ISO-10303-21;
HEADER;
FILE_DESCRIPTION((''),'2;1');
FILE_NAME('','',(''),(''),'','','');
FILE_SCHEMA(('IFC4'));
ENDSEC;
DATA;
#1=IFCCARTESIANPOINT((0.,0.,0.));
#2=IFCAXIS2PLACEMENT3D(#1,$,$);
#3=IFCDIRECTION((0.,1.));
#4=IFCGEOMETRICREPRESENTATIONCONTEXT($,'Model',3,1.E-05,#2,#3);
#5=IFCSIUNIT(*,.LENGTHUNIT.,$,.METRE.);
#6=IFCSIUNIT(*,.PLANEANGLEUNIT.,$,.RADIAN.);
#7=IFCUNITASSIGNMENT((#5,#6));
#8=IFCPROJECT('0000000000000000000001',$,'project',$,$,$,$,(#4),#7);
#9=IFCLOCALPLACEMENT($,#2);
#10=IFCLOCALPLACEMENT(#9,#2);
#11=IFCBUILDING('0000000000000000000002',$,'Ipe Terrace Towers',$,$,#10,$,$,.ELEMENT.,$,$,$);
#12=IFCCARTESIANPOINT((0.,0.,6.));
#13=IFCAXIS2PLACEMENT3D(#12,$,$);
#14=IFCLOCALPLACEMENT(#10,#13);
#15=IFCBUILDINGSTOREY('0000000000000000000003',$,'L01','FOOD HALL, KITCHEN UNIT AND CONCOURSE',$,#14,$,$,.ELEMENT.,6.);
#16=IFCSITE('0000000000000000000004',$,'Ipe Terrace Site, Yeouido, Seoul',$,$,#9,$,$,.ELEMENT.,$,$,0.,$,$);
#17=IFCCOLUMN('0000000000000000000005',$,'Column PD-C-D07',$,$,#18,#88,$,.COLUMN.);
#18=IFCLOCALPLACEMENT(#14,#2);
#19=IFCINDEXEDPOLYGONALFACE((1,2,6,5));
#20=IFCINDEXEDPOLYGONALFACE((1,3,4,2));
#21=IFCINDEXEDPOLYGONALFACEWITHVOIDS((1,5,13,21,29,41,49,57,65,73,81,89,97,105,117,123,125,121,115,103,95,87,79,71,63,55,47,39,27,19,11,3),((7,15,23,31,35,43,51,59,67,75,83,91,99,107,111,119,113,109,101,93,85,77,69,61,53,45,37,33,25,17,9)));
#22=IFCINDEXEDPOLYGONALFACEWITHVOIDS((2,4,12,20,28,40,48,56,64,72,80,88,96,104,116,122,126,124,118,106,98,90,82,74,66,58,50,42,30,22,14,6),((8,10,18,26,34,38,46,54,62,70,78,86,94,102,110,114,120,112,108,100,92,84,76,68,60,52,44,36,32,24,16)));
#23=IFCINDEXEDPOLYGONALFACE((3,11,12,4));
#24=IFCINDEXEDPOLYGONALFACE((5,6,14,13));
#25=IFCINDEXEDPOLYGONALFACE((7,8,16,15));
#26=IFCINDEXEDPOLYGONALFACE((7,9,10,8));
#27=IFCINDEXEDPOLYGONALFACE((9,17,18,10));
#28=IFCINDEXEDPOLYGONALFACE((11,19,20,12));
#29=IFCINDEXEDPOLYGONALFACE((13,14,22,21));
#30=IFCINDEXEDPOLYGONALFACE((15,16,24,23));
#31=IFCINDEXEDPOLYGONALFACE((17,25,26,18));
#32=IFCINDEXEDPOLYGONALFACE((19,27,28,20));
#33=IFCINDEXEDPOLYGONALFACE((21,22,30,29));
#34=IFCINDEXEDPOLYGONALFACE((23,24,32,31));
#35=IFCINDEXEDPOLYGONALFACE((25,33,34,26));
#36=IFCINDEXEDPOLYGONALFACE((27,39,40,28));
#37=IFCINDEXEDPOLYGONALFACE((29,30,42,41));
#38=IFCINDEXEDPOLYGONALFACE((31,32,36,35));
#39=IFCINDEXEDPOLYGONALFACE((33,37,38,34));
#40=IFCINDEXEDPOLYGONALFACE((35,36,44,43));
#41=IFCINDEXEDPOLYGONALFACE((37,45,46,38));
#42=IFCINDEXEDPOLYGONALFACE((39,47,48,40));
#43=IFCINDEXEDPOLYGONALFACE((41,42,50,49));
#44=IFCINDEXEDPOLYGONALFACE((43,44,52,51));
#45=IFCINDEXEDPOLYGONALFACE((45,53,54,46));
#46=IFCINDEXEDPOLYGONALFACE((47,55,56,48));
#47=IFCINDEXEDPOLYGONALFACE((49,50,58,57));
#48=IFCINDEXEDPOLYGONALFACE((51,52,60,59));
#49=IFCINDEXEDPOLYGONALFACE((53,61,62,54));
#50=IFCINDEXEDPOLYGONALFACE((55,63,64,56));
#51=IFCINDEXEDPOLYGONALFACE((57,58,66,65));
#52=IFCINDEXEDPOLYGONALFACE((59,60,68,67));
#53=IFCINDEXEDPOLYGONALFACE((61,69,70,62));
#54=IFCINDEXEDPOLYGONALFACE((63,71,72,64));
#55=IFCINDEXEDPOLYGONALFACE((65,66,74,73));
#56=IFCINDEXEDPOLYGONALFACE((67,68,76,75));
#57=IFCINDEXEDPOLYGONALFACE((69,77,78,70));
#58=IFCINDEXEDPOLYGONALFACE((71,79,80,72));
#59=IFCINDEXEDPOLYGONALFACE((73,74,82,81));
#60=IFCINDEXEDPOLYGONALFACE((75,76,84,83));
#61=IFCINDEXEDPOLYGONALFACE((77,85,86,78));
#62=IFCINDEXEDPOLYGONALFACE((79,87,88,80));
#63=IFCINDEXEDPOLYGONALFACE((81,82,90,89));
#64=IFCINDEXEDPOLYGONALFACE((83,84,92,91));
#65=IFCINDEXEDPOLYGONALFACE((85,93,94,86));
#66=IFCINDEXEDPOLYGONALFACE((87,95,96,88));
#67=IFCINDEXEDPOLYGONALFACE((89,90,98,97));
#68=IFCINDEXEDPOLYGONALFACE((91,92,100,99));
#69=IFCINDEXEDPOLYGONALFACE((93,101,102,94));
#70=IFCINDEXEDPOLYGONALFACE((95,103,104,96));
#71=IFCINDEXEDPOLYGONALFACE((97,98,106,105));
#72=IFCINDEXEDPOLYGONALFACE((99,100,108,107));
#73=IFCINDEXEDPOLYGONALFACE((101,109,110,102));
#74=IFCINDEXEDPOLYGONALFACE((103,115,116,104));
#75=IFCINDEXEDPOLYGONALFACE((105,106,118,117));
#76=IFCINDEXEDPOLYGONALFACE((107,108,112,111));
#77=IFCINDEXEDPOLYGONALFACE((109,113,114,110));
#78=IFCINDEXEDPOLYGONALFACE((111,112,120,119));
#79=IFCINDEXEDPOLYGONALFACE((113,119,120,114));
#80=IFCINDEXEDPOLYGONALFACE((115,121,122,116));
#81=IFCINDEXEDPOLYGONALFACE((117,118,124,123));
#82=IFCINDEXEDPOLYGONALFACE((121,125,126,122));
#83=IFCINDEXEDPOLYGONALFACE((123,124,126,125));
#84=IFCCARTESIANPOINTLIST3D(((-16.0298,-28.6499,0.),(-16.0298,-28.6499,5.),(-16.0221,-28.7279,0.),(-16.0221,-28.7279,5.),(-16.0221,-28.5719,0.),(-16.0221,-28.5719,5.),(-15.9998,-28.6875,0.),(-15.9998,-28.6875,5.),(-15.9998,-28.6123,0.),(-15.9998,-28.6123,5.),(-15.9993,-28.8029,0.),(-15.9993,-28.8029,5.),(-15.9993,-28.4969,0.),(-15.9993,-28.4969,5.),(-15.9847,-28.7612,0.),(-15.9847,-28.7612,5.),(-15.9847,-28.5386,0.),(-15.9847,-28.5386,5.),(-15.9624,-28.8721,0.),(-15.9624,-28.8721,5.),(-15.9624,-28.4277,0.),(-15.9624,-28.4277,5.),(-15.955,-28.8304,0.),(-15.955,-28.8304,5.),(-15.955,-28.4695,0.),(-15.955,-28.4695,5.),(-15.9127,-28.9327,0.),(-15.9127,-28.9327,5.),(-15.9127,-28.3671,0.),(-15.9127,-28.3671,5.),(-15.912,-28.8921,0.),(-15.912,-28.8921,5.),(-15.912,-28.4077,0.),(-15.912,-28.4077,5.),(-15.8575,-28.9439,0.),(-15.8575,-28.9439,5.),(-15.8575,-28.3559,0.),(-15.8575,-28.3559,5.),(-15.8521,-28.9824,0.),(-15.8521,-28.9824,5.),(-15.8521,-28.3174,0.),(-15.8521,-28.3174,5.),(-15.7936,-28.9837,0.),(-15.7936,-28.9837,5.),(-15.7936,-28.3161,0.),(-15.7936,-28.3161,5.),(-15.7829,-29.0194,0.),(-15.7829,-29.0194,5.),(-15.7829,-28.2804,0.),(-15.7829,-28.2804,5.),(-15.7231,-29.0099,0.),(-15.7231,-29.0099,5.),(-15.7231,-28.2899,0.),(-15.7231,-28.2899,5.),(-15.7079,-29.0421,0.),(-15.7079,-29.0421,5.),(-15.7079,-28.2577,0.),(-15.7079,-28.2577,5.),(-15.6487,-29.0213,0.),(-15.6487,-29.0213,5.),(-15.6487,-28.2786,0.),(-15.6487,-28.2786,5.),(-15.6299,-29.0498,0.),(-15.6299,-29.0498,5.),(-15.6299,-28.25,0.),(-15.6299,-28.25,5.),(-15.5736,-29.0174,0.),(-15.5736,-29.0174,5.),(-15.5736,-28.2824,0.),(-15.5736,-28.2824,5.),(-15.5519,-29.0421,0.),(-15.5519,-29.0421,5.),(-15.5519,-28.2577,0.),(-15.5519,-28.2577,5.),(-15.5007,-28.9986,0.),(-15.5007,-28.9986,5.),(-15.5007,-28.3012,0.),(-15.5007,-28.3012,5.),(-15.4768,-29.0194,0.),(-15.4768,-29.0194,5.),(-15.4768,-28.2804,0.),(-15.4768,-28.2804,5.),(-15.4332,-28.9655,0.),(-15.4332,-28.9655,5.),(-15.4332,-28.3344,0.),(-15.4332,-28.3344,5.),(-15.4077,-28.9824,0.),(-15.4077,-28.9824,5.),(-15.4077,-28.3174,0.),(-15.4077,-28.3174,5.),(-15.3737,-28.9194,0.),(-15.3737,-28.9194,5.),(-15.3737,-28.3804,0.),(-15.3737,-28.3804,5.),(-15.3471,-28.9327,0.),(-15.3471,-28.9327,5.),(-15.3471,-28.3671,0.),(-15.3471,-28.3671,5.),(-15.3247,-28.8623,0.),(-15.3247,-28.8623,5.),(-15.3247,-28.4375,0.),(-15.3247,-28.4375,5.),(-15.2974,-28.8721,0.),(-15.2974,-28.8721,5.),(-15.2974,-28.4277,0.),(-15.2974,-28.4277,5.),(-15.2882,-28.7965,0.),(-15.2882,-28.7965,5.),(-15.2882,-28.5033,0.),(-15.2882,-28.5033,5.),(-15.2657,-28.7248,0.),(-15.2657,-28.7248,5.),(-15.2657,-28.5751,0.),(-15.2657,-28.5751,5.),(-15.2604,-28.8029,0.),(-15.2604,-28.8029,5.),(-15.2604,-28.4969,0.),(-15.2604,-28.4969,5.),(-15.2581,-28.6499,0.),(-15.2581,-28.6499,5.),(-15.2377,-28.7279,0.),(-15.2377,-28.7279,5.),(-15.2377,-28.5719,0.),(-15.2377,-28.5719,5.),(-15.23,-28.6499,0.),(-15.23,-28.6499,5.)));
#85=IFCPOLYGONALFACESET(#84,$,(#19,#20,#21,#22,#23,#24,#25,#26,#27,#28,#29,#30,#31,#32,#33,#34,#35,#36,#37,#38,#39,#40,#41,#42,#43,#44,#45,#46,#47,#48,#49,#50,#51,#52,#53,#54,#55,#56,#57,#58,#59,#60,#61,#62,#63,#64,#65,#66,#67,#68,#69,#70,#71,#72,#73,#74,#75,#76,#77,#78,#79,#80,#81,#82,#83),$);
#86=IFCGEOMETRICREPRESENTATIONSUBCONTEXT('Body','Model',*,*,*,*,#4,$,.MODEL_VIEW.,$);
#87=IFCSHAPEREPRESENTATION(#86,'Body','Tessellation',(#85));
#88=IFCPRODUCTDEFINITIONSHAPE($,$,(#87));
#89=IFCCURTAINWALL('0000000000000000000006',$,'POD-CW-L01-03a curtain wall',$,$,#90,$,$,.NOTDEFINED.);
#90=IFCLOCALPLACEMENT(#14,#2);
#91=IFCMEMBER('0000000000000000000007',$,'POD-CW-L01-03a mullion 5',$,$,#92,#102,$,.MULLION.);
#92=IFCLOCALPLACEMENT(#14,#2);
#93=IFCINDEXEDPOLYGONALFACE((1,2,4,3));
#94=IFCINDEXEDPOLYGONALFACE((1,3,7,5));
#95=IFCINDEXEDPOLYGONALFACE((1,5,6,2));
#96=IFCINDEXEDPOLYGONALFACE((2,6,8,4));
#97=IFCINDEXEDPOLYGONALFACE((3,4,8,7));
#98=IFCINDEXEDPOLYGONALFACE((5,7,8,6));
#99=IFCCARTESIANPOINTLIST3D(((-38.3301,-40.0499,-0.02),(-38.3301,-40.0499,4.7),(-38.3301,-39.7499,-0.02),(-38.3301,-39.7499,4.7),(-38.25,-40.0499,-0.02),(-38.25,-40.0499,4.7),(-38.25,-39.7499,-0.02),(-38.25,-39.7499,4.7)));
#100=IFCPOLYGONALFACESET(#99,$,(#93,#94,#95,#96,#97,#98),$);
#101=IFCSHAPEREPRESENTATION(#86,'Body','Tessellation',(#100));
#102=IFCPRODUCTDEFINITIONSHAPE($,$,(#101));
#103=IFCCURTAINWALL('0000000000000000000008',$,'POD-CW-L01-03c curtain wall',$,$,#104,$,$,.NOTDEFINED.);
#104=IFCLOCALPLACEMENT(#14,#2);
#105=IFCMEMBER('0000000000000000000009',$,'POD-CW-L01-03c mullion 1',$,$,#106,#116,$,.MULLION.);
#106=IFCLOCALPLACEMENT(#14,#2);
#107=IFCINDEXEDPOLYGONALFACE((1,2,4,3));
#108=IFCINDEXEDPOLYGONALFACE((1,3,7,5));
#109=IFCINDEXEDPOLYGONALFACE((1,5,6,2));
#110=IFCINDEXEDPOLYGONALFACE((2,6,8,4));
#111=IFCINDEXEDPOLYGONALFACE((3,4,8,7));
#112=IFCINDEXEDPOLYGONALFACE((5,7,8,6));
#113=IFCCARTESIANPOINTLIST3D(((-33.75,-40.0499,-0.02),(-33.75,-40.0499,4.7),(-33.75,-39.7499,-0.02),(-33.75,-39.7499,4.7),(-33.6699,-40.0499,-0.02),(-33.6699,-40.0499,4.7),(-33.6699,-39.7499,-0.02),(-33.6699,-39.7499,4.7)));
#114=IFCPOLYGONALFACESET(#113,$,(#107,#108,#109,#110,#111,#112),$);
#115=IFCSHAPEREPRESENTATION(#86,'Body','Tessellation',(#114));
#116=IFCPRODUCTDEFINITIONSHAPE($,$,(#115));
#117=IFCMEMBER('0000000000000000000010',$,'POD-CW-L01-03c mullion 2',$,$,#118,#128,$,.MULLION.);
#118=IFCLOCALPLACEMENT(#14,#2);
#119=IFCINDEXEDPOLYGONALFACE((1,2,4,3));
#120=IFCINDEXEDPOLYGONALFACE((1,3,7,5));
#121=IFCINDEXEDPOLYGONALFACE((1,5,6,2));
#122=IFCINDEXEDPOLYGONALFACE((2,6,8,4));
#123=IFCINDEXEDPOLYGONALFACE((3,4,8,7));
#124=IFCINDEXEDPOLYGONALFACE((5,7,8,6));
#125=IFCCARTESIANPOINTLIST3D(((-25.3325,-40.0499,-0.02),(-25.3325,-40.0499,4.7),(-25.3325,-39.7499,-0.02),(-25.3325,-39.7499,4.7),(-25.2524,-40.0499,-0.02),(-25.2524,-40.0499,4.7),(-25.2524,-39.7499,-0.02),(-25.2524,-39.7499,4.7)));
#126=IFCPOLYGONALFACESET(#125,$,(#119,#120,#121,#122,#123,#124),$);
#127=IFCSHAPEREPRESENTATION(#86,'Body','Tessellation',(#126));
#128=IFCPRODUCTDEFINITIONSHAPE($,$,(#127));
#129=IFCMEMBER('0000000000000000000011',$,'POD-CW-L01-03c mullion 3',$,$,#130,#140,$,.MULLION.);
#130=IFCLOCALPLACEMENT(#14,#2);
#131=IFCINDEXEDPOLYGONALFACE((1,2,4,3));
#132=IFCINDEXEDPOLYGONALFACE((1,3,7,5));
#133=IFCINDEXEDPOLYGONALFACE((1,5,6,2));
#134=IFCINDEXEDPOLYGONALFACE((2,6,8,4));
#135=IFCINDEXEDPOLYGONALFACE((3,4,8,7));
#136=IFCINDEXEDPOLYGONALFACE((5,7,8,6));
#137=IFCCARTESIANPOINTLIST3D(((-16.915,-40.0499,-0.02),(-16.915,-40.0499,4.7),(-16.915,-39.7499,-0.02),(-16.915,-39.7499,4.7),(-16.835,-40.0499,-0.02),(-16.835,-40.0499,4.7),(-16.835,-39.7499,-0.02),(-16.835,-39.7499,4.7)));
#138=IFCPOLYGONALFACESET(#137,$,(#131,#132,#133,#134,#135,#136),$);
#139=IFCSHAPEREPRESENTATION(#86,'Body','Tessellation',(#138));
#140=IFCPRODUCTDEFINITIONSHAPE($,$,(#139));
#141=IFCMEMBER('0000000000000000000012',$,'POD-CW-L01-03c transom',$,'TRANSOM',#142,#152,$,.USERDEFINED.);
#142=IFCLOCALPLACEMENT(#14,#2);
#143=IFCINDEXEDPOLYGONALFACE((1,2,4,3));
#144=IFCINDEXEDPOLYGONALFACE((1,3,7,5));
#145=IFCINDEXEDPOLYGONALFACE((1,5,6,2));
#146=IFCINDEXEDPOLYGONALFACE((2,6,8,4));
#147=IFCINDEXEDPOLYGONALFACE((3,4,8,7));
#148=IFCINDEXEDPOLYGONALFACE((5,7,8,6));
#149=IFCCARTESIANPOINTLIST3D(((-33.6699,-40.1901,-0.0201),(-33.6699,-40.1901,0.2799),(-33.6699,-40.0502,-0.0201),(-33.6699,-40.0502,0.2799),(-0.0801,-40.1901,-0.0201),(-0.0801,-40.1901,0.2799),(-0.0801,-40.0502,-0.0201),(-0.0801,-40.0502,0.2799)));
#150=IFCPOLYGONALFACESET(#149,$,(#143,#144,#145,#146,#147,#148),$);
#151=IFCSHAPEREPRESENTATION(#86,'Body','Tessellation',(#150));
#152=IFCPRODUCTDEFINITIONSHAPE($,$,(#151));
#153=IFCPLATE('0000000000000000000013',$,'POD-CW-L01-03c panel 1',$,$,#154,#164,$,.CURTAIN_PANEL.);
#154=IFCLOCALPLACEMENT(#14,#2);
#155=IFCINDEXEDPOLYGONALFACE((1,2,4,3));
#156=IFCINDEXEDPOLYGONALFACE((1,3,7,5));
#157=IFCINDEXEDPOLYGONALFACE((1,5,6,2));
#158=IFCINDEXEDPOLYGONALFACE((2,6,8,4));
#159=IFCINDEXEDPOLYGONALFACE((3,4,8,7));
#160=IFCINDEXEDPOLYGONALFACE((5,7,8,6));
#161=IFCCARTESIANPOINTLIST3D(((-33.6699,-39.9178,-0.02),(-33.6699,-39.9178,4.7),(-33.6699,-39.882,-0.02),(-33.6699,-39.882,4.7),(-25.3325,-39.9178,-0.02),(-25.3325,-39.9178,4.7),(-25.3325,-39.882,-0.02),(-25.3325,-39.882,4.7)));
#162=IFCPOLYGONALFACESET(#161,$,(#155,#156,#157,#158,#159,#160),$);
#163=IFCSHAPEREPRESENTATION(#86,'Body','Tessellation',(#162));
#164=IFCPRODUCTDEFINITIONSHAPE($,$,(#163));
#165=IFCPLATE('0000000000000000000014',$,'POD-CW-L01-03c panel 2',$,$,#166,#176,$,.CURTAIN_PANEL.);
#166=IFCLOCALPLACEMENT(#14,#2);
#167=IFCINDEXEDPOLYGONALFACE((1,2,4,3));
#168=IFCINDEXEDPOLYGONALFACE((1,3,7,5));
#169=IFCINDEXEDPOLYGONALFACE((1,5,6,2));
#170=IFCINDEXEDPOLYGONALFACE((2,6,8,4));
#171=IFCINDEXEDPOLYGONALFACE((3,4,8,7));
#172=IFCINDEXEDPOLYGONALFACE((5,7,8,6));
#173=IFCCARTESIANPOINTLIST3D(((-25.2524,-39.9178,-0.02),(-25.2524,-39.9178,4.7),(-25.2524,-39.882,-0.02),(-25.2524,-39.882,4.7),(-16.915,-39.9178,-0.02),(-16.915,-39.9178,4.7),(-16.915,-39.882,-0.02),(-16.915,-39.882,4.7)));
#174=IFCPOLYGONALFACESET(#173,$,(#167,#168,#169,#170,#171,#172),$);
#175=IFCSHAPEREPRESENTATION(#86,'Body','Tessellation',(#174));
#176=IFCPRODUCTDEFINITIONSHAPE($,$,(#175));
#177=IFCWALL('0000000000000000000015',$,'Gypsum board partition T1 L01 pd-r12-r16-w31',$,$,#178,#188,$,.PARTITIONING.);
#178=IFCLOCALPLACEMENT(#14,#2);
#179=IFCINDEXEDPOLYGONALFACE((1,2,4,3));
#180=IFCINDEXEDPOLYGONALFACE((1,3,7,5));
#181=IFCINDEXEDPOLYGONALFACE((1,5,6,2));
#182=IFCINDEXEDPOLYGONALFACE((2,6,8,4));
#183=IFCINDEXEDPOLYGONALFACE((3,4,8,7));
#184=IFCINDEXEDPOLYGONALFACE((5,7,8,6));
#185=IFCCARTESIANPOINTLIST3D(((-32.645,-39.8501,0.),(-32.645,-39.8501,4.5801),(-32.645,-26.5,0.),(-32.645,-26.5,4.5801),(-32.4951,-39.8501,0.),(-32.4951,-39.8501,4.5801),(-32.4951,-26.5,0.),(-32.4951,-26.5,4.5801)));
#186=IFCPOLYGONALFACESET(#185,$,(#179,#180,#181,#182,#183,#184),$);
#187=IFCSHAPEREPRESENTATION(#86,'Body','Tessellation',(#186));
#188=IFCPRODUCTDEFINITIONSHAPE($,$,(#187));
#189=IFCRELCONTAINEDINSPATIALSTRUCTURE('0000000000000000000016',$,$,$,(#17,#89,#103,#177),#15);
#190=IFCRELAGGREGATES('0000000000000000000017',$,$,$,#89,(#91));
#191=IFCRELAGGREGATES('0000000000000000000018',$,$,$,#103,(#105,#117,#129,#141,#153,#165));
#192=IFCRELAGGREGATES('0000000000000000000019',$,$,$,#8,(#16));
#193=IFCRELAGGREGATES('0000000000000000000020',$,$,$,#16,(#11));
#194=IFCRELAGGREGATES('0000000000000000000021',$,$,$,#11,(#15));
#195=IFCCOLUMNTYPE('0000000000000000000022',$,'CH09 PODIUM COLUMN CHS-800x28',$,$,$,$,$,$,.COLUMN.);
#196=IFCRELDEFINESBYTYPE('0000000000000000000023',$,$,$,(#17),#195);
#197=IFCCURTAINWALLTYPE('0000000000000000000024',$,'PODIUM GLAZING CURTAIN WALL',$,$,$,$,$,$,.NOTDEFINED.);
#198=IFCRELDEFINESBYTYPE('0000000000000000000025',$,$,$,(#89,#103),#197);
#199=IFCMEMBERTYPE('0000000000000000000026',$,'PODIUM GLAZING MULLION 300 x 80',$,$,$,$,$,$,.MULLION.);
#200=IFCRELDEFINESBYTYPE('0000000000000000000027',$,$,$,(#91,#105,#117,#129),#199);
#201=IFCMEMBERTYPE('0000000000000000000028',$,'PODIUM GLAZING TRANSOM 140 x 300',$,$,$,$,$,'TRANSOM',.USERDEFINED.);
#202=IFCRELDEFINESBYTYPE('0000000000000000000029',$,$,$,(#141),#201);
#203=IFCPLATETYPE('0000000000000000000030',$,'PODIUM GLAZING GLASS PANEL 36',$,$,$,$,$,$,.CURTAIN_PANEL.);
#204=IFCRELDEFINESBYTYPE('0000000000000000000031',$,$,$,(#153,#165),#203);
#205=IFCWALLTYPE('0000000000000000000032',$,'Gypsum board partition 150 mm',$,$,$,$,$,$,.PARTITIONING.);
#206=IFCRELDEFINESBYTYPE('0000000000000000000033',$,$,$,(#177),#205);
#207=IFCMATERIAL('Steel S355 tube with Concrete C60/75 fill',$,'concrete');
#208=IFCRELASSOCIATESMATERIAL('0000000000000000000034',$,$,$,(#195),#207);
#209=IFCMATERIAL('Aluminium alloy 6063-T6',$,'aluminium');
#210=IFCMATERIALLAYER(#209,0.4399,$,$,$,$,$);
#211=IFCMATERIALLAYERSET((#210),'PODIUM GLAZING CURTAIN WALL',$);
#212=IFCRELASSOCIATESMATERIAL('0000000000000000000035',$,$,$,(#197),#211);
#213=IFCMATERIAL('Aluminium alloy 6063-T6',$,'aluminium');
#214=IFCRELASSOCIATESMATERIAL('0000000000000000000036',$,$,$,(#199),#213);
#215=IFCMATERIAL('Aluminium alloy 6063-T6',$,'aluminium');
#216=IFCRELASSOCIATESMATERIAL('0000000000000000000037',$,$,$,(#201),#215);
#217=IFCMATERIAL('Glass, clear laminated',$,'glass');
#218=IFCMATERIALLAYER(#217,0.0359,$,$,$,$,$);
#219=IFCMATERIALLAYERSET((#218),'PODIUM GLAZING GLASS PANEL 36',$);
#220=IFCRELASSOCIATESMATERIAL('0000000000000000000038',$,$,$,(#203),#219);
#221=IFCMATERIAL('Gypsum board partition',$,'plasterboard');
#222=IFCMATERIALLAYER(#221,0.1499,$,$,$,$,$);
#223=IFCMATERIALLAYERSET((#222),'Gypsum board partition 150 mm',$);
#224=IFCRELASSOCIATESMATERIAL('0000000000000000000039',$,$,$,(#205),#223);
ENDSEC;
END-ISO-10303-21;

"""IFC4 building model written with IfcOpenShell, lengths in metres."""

from ifc_helpers import new_model, si_unit, direction, frame, frame_2d, origin, origin_2d, place, context, subcontext, project, spatial, rectangle, hollow_circle, extrude, material, layer, layer_set, material_profile, profile_set, type_object, element, aggregate, save


model = new_model("IFC4")

# Units and contexts
model_context = context("Model", 3, precision=1e-05, world=origin(), true_north=direction((0.0, 1.0)))
body_context = subcontext(model_context, "Body", "Model", "MODEL_VIEW")
ifc_project = project(units=[si_unit("LENGTHUNIT", "METRE"), si_unit("PLANEANGLEUNIT", "RADIAN")], contexts=[model_context])

# Site, building, storey
site_placement = place(None, origin())
site = spatial("IfcSite", under=ifc_project, at=site_placement, Name="Ipe Terrace Site, Yeouido, Seoul", CompositionType="ELEMENT", RefElevation=0.0)
building_placement = place(site_placement, origin())
building = spatial("IfcBuilding", under=site, at=building_placement, Name="Ipe Terrace Towers", CompositionType="ELEMENT")
storey_placement = place(building_placement, frame((0.0, 0.0, 6.0)))
storey = spatial("IfcBuildingStorey", under=building, at=storey_placement, Name="L01", Description="FOOD HALL, KITCHEN UNIT AND CONCOURSE", CompositionType="ELEMENT", Elevation=6.0)

# Column
ifc_material_1 = material(Name="Steel S355 tube with Concrete C60/75 fill", Category="concrete")
ifc_material_profile_1 = material_profile(ifc_material_1, hollow_circle(Radius=0.3999, WallThickness=0.0281, at=origin_2d()), Name="CHS-800x28")
ifc_profile_set_1 = profile_set([ifc_material_profile_1], Name="Steel S355 tube with Concrete C60/75 fill")
column_type = type_object("IfcColumnType", Name="CH09 PODIUM COLUMN CHS-800x28", PredefinedType="COLUMN", material=ifc_profile_set_1)
for number, where, z_axis, x_axis, name in (
    (1, (-15.6299, -28.6499, 0.0), (0.0, 0.0, 1.0), (1.0, 0.0, 0.0), "Column PD-C-D07"),
):
    element("IfcColumn", number, at=place(storey_placement, frame(where, z_axis=z_axis, x_axis=x_axis)), inside=storey, type_object=column_type, Name=name, PredefinedType="COLUMN", context=body_context, shape_type="SweptSolid", body=[
        extrude(hollow_circle(Radius=0.3999, WallThickness=0.0281, at=origin_2d()), origin(), (0.0, 0.0, 1.0), 5.0),
    ])

# Curtain wall, member
ifc_material_2 = material(Name="Aluminium alloy 6063-T6", Category="aluminium")
ifc_layer_1 = layer(ifc_material_2, 0.4399)
ifc_layer_set_1 = layer_set([ifc_layer_1], Name="PODIUM GLAZING CURTAIN WALL")
curtain_wall_type = type_object("IfcCurtainWallType", Name="PODIUM GLAZING CURTAIN WALL", PredefinedType="NOTDEFINED", material=ifc_layer_set_1)
curtain_wall_1_placement = place(storey_placement, origin())
curtain_wall_1 = element("IfcCurtainWall", 2, at=curtain_wall_1_placement, inside=storey, type_object=curtain_wall_type, Name="POD-CW-L01-03a curtain wall", PredefinedType="NOTDEFINED")
ifc_material_3 = material(Name="Aluminium alloy 6063-T6", Category="aluminium")
ifc_material_profile_2 = material_profile(ifc_material_3, rectangle(XDim=0.3, YDim=0.0801, at=origin_2d()), Name="PODIUM GLAZING MULLION 300 x 80")
ifc_profile_set_2 = profile_set([ifc_material_profile_2], Name="Aluminium alloy 6063-T6")
member_type_1 = type_object("IfcMemberType", Name="PODIUM GLAZING MULLION 300 x 80", PredefinedType="MULLION", material=ifc_profile_set_2)
member_1_placement = place(storey_placement, frame((-38.29, -39.8999, -0.02), z_axis=(0.0, 0.0, 1.0), x_axis=(0.0, -1.0, 0.0)))
member_1 = element("IfcMember", 3, at=member_1_placement, type_object=member_type_1, Name="POD-CW-L01-03a mullion 5", PredefinedType="MULLION", context=body_context, shape_type="SweptSolid", body=[
    extrude(rectangle(XDim=0.3, YDim=0.0801, at=origin_2d()), origin(), (0.0, 0.0, 1.0), 4.72),
])
aggregate(curtain_wall_1, [member_1])

# Curtain wall, members, plates
curtain_wall_2_placement = place(storey_placement, origin())
curtain_wall_2 = element("IfcCurtainWall", 4, at=curtain_wall_2_placement, inside=storey, type_object=curtain_wall_type, Name="POD-CW-L01-03c curtain wall", PredefinedType="NOTDEFINED")
member_2_placement = place(storey_placement, frame((-33.71, -39.8999, -0.02), z_axis=(0.0, 0.0, 1.0), x_axis=(0.0, -1.0, 0.0)))
member_2 = element("IfcMember", 5, at=member_2_placement, type_object=member_type_1, Name="POD-CW-L01-03c mullion 1", PredefinedType="MULLION", context=body_context, shape_type="SweptSolid", body=[
    extrude(rectangle(XDim=0.3, YDim=0.0801, at=origin_2d()), origin(), (0.0, 0.0, 1.0), 4.72),
])
member_3_placement = place(storey_placement, frame((-25.2925, -39.8999, -0.02), z_axis=(0.0, 0.0, 1.0), x_axis=(0.0, -1.0, 0.0)))
member_3 = element("IfcMember", 6, at=member_3_placement, type_object=member_type_1, Name="POD-CW-L01-03c mullion 2", PredefinedType="MULLION", context=body_context, shape_type="SweptSolid", body=[
    extrude(rectangle(XDim=0.3, YDim=0.0801, at=origin_2d()), origin(), (0.0, 0.0, 1.0), 4.72),
])
member_4_placement = place(storey_placement, frame((-16.875, -39.8999, -0.02), z_axis=(0.0, 0.0, 1.0), x_axis=(0.0, -1.0, 0.0)))
member_4 = element("IfcMember", 7, at=member_4_placement, type_object=member_type_1, Name="POD-CW-L01-03c mullion 3", PredefinedType="MULLION", context=body_context, shape_type="SweptSolid", body=[
    extrude(rectangle(XDim=0.3, YDim=0.0801, at=origin_2d()), origin(), (0.0, 0.0, 1.0), 4.72),
])
ifc_material_4 = material(Name="Aluminium alloy 6063-T6", Category="aluminium")
ifc_material_profile_3 = material_profile(ifc_material_4, rectangle(XDim=0.1399, YDim=0.3, at=origin_2d()), Name="PODIUM GLAZING TRANSOM 140 x 300")
ifc_profile_set_3 = profile_set([ifc_material_profile_3], Name="Aluminium alloy 6063-T6")
member_type_2 = type_object("IfcMemberType", Name="PODIUM GLAZING TRANSOM 140 x 300", ElementType="TRANSOM", PredefinedType="USERDEFINED", material=ifc_profile_set_3)
member_5_placement = place(storey_placement, frame((-33.6699, -40.1201, 0.1299), z_axis=(1.0, 0.0, 0.0), x_axis=(0.0, -1.0, 0.0)))
member_5 = element("IfcMember", 8, at=member_5_placement, type_object=member_type_2, Name="POD-CW-L01-03c transom", ObjectType="TRANSOM", PredefinedType="USERDEFINED", context=body_context, shape_type="SweptSolid", body=[
    extrude(rectangle(XDim=0.1399, YDim=0.3, at=origin_2d()), origin(), (0.0, 0.0, 1.0), 33.5898),
])
ifc_material_5 = material(Name="Glass, clear laminated", Category="glass")
ifc_layer_2 = layer(ifc_material_5, 0.0359)
ifc_layer_set_2 = layer_set([ifc_layer_2], Name="PODIUM GLAZING GLASS PANEL 36")
plate_type = type_object("IfcPlateType", Name="PODIUM GLAZING GLASS PANEL 36", PredefinedType="CURTAIN_PANEL", material=ifc_layer_set_2)
plate_1_placement = place(storey_placement, frame((-29.5012, -39.8999, -0.02), z_axis=(0.0, 0.0, 1.0), x_axis=(1.0, 0.0, 0.0)))
plate_1 = element("IfcPlate", 9, at=plate_1_placement, type_object=plate_type, Name="POD-CW-L01-03c panel 1", PredefinedType="CURTAIN_PANEL", context=body_context, shape_type="SweptSolid", body=[
    extrude(rectangle(XDim=8.3374, YDim=0.0359, at=origin_2d()), origin(), (0.0, 0.0, 1.0), 4.72),
])
plate_2_placement = place(storey_placement, frame((-21.0837, -39.8999, -0.02), z_axis=(0.0, 0.0, 1.0), x_axis=(1.0, 0.0, 0.0)))
plate_2 = element("IfcPlate", 10, at=plate_2_placement, type_object=plate_type, Name="POD-CW-L01-03c panel 2", PredefinedType="CURTAIN_PANEL", context=body_context, shape_type="SweptSolid", body=[
    extrude(rectangle(XDim=8.3374, YDim=0.0359, at=origin_2d()), origin(), (0.0, 0.0, 1.0), 4.72),
])
aggregate(curtain_wall_2, [member_2, member_3, member_4, member_5, plate_1, plate_2])

# Wall
ifc_material_6 = material(Name="Gypsum board partition", Category="plasterboard")
ifc_layer_3 = layer(ifc_material_6, 0.1499)
ifc_layer_set_3 = layer_set([ifc_layer_3], Name="Gypsum board partition 150 mm")
wall_type_1 = type_object("IfcWallType", Name="Gypsum board partition 150 mm", PredefinedType="PARTITIONING", material=ifc_layer_set_3)
wall_1_placement = place(storey_placement, frame((-32.5701, -26.5, 0.0), z_axis=(0.0, 0.0, 1.0), x_axis=(0.0, -1.0, 0.0)))
element("IfcWall", 11, at=wall_1_placement, inside=storey, type_object=wall_type_1, Name="Gypsum board partition T1 L01 pd-r12-r16-w31", PredefinedType="PARTITIONING", context=body_context, shape_type="SweptSolid", body=[
    extrude(rectangle(XDim=13.3501, YDim=0.1499, at=frame_2d((6.675, 0.0))), origin(), (0.0, 0.0, 1.0), 4.5801),
])

save(model, "model.ifc")
